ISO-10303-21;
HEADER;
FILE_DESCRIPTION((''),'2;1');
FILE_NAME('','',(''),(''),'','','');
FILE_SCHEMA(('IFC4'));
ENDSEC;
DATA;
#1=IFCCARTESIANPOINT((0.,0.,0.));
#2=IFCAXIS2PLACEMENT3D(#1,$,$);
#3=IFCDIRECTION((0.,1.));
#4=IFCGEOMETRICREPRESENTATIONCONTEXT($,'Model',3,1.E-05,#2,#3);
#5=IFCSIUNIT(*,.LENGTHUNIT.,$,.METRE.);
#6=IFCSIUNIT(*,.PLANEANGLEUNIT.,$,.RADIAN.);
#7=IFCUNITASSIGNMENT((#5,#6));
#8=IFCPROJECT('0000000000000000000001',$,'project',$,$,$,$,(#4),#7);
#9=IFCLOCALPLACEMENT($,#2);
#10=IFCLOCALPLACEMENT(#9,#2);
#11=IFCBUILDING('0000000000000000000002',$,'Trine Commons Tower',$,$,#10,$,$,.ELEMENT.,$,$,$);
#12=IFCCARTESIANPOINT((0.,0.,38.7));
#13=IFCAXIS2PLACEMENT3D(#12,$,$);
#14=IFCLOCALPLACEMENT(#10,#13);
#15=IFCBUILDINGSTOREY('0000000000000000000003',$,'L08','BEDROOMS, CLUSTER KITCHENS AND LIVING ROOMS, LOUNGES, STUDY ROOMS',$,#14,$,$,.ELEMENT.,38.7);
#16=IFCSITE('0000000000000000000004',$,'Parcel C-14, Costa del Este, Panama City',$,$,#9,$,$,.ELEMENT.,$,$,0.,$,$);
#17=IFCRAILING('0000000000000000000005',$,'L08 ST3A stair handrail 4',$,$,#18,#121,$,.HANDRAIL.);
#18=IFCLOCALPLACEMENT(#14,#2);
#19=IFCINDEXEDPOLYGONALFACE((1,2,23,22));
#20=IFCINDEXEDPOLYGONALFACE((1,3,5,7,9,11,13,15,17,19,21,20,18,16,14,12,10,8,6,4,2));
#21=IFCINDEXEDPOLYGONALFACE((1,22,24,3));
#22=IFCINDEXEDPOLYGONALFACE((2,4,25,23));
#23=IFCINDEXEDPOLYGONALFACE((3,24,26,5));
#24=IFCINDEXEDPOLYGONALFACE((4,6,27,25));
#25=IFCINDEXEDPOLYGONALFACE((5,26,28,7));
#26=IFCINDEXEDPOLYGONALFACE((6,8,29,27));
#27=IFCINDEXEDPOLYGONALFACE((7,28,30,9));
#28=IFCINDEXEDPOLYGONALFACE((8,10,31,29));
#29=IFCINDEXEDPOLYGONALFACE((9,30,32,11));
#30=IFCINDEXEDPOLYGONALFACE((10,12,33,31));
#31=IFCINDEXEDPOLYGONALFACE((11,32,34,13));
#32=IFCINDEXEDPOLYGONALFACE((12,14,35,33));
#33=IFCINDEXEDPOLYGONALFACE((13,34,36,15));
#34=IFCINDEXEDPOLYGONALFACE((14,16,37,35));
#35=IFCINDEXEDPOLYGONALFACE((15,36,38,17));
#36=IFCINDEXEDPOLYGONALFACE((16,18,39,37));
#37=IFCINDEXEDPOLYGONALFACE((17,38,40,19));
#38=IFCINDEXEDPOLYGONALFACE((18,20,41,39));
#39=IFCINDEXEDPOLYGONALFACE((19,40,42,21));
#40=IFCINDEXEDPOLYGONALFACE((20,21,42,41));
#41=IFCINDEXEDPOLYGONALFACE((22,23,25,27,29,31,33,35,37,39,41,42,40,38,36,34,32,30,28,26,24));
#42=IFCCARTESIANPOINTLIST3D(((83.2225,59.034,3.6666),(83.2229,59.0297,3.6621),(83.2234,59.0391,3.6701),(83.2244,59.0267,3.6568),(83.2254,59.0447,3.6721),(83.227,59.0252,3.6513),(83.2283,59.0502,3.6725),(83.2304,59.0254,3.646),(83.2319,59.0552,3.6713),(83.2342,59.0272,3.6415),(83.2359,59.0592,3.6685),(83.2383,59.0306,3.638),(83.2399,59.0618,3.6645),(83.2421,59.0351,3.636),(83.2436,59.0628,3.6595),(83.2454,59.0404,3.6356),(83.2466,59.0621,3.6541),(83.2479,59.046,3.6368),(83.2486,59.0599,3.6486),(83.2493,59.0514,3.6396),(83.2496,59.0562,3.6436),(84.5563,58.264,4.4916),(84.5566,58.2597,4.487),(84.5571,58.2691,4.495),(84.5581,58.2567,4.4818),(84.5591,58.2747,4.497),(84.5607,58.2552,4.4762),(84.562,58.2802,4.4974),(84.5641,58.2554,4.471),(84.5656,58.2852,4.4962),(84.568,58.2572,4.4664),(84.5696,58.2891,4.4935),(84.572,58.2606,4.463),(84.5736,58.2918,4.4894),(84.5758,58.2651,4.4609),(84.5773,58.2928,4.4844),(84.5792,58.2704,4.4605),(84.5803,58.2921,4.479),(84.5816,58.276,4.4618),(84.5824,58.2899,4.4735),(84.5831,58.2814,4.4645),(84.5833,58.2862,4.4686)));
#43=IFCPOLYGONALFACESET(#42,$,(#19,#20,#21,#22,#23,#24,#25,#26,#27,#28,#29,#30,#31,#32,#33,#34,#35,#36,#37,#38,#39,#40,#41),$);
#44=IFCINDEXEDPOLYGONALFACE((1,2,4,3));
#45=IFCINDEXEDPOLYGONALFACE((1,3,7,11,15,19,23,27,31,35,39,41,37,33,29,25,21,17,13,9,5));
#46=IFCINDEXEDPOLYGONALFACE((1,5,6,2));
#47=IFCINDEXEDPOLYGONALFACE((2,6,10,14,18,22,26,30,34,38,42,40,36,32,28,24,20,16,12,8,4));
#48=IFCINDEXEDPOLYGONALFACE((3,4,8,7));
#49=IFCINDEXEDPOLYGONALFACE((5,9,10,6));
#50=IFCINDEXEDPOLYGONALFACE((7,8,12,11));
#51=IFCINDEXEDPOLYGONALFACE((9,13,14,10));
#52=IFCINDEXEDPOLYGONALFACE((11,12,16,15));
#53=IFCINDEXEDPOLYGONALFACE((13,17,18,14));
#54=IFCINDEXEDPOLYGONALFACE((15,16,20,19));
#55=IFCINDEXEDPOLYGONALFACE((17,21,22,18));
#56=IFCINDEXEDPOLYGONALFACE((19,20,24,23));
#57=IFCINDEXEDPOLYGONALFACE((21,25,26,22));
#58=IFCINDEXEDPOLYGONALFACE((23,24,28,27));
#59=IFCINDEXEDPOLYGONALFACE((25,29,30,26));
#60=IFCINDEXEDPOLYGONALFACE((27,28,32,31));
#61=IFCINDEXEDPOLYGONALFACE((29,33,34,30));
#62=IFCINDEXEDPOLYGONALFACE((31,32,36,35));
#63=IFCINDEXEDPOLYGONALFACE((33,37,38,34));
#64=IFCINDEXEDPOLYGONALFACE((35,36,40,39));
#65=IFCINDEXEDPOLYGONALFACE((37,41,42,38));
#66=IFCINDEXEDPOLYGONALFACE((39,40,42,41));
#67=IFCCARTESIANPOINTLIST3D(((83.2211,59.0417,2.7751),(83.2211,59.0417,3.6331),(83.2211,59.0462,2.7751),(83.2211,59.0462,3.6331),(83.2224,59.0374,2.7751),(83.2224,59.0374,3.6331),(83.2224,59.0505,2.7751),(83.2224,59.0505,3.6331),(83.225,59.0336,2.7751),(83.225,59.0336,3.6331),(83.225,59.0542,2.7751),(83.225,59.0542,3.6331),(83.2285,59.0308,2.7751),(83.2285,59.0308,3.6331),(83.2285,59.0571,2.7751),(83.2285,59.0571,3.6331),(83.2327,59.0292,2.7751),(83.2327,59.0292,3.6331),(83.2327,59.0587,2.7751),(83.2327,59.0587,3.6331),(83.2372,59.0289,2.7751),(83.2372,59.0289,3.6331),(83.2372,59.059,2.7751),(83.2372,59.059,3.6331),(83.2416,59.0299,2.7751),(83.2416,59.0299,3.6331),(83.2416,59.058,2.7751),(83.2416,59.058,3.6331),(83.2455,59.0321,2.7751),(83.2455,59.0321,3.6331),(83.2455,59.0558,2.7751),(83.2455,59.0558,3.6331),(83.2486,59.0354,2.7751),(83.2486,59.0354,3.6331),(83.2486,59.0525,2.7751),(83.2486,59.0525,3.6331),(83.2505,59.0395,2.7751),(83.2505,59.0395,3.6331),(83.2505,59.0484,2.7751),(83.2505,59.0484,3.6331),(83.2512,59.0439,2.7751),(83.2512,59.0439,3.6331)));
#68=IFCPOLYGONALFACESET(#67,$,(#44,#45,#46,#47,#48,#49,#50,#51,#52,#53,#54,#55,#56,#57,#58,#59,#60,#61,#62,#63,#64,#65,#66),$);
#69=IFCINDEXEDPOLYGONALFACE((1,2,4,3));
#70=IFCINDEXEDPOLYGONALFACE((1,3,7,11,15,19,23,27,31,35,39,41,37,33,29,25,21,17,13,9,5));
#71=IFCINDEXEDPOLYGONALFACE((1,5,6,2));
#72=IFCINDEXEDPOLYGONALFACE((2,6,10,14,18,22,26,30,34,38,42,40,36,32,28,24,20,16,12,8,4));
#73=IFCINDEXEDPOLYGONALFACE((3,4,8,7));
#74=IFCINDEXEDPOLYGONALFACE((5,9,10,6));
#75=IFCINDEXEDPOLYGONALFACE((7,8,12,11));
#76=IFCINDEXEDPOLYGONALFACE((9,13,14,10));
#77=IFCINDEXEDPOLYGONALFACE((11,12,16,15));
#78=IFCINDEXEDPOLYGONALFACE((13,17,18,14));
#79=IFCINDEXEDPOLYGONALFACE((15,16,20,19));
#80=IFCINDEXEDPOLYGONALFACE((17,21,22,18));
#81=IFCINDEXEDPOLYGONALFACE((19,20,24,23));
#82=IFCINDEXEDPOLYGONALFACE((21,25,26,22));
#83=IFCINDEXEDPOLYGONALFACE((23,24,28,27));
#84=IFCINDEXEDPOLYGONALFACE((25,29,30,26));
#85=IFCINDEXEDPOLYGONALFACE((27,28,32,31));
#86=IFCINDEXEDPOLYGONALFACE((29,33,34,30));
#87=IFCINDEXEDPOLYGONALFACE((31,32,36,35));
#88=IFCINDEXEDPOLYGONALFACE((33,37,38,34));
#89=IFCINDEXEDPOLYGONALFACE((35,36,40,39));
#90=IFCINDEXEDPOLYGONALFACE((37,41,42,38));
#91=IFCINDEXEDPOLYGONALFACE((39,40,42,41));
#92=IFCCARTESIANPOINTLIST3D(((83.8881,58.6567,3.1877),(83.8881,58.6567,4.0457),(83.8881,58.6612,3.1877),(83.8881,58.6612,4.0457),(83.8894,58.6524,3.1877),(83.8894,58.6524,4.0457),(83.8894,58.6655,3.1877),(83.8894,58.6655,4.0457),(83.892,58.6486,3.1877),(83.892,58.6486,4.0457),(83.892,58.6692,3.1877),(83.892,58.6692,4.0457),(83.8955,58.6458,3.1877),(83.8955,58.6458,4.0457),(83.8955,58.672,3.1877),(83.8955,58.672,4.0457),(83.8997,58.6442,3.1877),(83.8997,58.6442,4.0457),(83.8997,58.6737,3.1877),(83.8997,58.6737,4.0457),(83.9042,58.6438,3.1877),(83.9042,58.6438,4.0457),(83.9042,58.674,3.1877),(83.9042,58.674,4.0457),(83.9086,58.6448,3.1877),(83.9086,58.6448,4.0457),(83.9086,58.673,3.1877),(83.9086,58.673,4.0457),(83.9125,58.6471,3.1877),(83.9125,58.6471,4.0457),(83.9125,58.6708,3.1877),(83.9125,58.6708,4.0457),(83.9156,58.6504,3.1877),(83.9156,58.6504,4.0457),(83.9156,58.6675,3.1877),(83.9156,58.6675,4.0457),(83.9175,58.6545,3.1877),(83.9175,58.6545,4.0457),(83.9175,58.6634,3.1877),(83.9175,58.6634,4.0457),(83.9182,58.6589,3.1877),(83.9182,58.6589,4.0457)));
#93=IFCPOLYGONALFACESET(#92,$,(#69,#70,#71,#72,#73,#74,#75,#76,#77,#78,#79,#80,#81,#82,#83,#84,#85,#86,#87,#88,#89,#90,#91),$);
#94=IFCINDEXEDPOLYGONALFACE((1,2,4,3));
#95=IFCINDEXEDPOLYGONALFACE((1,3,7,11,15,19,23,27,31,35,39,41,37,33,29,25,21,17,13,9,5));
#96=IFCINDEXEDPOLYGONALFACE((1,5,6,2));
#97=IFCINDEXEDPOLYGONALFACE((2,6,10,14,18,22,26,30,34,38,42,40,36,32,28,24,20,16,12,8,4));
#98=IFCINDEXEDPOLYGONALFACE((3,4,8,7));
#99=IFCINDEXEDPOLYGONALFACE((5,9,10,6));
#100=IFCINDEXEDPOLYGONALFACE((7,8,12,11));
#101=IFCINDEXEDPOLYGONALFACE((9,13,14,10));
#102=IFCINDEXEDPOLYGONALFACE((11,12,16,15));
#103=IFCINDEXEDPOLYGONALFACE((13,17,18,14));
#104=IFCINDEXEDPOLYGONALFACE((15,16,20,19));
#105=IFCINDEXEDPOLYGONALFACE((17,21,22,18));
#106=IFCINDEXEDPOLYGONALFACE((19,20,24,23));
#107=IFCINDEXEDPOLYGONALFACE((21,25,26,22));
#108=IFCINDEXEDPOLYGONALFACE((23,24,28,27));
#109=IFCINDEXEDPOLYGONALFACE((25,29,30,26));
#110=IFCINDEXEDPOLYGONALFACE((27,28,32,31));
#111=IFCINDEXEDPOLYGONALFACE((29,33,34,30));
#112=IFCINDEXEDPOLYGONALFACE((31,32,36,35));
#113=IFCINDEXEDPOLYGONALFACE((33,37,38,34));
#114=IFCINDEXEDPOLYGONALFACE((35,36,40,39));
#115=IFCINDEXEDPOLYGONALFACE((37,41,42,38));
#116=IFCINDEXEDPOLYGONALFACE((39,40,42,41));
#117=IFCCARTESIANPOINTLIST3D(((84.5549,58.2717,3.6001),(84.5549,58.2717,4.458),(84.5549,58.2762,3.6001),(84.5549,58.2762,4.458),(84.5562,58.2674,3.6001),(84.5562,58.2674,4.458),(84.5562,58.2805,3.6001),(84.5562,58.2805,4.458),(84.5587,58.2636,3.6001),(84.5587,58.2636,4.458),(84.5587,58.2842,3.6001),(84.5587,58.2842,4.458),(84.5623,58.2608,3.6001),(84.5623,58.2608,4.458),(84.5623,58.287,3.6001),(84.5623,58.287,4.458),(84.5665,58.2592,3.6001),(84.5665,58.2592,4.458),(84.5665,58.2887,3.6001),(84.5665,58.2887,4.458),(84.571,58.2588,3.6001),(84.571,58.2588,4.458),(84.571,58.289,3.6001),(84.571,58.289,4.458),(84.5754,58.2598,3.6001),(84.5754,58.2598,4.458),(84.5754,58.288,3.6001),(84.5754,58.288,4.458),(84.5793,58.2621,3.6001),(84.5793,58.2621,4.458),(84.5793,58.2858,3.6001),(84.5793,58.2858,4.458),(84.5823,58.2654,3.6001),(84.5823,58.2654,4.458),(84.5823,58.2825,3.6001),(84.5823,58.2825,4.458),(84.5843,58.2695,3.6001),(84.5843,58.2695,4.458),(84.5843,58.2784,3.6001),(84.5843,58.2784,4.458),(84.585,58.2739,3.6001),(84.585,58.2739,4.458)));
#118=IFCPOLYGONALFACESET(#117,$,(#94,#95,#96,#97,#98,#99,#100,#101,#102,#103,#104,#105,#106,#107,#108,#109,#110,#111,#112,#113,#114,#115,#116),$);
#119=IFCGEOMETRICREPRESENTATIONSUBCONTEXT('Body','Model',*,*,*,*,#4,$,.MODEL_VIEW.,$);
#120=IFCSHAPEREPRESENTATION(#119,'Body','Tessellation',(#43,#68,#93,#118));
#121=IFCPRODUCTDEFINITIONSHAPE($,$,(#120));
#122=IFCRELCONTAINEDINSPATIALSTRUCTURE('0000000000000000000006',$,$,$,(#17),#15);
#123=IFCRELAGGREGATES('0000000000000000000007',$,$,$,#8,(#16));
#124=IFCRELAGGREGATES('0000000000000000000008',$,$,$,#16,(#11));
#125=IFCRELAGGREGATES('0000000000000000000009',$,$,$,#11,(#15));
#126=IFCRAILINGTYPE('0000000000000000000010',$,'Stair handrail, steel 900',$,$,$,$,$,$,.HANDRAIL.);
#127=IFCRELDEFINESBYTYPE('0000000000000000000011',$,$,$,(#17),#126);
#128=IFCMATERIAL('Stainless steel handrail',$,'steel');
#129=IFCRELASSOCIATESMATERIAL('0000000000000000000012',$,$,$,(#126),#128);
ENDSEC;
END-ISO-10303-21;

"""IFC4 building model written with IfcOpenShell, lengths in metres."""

from ifc_helpers import new_model, si_unit, direction, frame, origin, origin_2d, place, context, subcontext, project, spatial, circle, extrude, material, type_object, element, save


model = new_model("IFC4")

# Units and contexts
model_context = context("Model", 3, precision=1e-05, world=origin(), true_north=direction((0.0, 1.0)))
body_context = subcontext(model_context, "Body", "Model", "MODEL_VIEW")
ifc_project = project(units=[si_unit("LENGTHUNIT", "METRE"), si_unit("PLANEANGLEUNIT", "RADIAN")], contexts=[model_context])

# Site, building, storey
site_placement = place(None, origin())
site = spatial("IfcSite", under=ifc_project, at=site_placement, Name="Parcel C-14, Costa del Este, Panama City", CompositionType="ELEMENT", RefElevation=0.0)
building_placement = place(site_placement, origin())
building = spatial("IfcBuilding", under=site, at=building_placement, Name="Trine Commons Tower", CompositionType="ELEMENT")
storey_placement = place(building_placement, frame((0.0, 0.0, 38.7)))
storey = spatial("IfcBuildingStorey", under=building, at=storey_placement, Name="L08", Description="BEDROOMS, CLUSTER KITCHENS AND LIVING ROOMS, LOUNGES, STUDY ROOMS", CompositionType="ELEMENT", Elevation=38.7)

# Railing
ifc_material_1 = material(Name="Stainless steel handrail", Category="steel")
railing_type_1 = type_object("IfcRailingType", Name="Stair handrail, steel 900", PredefinedType="HANDRAIL", material=ifc_material_1)
railing_1_placement = place(storey_placement, frame((83.2361, 59.0439, 2.7751)))
element("IfcRailing", 1, at=railing_1_placement, inside=storey, type_object=railing_type_1, Name="L08 ST3A stair handrail 4", PredefinedType="HANDRAIL", context=body_context, shape_type="SweptSolid", body=[
    extrude(circle(Radius=0.021, at=origin_2d()), frame((0.0, 0.0, 0.8789), z_axis=(0.763405, -0.440743, 0.472185), x_axis=(0.499992, 0.86603, 0.0)), (0.0, 0.0, 1.0), 1.7471),
    extrude(circle(Radius=0.0151, at=origin_2d()), origin(), (0.0, 0.0, 1.0), 0.8579),
    extrude(circle(Radius=0.0151, at=origin_2d()), frame((0.667, -0.385, 0.4126)), (0.0, 0.0, 1.0), 0.8579),
    extrude(circle(Radius=0.0151, at=origin_2d()), frame((1.3337, -0.77, 0.825)), (0.0, 0.0, 1.0), 0.8579),
])

save(model, "model.ifc")
